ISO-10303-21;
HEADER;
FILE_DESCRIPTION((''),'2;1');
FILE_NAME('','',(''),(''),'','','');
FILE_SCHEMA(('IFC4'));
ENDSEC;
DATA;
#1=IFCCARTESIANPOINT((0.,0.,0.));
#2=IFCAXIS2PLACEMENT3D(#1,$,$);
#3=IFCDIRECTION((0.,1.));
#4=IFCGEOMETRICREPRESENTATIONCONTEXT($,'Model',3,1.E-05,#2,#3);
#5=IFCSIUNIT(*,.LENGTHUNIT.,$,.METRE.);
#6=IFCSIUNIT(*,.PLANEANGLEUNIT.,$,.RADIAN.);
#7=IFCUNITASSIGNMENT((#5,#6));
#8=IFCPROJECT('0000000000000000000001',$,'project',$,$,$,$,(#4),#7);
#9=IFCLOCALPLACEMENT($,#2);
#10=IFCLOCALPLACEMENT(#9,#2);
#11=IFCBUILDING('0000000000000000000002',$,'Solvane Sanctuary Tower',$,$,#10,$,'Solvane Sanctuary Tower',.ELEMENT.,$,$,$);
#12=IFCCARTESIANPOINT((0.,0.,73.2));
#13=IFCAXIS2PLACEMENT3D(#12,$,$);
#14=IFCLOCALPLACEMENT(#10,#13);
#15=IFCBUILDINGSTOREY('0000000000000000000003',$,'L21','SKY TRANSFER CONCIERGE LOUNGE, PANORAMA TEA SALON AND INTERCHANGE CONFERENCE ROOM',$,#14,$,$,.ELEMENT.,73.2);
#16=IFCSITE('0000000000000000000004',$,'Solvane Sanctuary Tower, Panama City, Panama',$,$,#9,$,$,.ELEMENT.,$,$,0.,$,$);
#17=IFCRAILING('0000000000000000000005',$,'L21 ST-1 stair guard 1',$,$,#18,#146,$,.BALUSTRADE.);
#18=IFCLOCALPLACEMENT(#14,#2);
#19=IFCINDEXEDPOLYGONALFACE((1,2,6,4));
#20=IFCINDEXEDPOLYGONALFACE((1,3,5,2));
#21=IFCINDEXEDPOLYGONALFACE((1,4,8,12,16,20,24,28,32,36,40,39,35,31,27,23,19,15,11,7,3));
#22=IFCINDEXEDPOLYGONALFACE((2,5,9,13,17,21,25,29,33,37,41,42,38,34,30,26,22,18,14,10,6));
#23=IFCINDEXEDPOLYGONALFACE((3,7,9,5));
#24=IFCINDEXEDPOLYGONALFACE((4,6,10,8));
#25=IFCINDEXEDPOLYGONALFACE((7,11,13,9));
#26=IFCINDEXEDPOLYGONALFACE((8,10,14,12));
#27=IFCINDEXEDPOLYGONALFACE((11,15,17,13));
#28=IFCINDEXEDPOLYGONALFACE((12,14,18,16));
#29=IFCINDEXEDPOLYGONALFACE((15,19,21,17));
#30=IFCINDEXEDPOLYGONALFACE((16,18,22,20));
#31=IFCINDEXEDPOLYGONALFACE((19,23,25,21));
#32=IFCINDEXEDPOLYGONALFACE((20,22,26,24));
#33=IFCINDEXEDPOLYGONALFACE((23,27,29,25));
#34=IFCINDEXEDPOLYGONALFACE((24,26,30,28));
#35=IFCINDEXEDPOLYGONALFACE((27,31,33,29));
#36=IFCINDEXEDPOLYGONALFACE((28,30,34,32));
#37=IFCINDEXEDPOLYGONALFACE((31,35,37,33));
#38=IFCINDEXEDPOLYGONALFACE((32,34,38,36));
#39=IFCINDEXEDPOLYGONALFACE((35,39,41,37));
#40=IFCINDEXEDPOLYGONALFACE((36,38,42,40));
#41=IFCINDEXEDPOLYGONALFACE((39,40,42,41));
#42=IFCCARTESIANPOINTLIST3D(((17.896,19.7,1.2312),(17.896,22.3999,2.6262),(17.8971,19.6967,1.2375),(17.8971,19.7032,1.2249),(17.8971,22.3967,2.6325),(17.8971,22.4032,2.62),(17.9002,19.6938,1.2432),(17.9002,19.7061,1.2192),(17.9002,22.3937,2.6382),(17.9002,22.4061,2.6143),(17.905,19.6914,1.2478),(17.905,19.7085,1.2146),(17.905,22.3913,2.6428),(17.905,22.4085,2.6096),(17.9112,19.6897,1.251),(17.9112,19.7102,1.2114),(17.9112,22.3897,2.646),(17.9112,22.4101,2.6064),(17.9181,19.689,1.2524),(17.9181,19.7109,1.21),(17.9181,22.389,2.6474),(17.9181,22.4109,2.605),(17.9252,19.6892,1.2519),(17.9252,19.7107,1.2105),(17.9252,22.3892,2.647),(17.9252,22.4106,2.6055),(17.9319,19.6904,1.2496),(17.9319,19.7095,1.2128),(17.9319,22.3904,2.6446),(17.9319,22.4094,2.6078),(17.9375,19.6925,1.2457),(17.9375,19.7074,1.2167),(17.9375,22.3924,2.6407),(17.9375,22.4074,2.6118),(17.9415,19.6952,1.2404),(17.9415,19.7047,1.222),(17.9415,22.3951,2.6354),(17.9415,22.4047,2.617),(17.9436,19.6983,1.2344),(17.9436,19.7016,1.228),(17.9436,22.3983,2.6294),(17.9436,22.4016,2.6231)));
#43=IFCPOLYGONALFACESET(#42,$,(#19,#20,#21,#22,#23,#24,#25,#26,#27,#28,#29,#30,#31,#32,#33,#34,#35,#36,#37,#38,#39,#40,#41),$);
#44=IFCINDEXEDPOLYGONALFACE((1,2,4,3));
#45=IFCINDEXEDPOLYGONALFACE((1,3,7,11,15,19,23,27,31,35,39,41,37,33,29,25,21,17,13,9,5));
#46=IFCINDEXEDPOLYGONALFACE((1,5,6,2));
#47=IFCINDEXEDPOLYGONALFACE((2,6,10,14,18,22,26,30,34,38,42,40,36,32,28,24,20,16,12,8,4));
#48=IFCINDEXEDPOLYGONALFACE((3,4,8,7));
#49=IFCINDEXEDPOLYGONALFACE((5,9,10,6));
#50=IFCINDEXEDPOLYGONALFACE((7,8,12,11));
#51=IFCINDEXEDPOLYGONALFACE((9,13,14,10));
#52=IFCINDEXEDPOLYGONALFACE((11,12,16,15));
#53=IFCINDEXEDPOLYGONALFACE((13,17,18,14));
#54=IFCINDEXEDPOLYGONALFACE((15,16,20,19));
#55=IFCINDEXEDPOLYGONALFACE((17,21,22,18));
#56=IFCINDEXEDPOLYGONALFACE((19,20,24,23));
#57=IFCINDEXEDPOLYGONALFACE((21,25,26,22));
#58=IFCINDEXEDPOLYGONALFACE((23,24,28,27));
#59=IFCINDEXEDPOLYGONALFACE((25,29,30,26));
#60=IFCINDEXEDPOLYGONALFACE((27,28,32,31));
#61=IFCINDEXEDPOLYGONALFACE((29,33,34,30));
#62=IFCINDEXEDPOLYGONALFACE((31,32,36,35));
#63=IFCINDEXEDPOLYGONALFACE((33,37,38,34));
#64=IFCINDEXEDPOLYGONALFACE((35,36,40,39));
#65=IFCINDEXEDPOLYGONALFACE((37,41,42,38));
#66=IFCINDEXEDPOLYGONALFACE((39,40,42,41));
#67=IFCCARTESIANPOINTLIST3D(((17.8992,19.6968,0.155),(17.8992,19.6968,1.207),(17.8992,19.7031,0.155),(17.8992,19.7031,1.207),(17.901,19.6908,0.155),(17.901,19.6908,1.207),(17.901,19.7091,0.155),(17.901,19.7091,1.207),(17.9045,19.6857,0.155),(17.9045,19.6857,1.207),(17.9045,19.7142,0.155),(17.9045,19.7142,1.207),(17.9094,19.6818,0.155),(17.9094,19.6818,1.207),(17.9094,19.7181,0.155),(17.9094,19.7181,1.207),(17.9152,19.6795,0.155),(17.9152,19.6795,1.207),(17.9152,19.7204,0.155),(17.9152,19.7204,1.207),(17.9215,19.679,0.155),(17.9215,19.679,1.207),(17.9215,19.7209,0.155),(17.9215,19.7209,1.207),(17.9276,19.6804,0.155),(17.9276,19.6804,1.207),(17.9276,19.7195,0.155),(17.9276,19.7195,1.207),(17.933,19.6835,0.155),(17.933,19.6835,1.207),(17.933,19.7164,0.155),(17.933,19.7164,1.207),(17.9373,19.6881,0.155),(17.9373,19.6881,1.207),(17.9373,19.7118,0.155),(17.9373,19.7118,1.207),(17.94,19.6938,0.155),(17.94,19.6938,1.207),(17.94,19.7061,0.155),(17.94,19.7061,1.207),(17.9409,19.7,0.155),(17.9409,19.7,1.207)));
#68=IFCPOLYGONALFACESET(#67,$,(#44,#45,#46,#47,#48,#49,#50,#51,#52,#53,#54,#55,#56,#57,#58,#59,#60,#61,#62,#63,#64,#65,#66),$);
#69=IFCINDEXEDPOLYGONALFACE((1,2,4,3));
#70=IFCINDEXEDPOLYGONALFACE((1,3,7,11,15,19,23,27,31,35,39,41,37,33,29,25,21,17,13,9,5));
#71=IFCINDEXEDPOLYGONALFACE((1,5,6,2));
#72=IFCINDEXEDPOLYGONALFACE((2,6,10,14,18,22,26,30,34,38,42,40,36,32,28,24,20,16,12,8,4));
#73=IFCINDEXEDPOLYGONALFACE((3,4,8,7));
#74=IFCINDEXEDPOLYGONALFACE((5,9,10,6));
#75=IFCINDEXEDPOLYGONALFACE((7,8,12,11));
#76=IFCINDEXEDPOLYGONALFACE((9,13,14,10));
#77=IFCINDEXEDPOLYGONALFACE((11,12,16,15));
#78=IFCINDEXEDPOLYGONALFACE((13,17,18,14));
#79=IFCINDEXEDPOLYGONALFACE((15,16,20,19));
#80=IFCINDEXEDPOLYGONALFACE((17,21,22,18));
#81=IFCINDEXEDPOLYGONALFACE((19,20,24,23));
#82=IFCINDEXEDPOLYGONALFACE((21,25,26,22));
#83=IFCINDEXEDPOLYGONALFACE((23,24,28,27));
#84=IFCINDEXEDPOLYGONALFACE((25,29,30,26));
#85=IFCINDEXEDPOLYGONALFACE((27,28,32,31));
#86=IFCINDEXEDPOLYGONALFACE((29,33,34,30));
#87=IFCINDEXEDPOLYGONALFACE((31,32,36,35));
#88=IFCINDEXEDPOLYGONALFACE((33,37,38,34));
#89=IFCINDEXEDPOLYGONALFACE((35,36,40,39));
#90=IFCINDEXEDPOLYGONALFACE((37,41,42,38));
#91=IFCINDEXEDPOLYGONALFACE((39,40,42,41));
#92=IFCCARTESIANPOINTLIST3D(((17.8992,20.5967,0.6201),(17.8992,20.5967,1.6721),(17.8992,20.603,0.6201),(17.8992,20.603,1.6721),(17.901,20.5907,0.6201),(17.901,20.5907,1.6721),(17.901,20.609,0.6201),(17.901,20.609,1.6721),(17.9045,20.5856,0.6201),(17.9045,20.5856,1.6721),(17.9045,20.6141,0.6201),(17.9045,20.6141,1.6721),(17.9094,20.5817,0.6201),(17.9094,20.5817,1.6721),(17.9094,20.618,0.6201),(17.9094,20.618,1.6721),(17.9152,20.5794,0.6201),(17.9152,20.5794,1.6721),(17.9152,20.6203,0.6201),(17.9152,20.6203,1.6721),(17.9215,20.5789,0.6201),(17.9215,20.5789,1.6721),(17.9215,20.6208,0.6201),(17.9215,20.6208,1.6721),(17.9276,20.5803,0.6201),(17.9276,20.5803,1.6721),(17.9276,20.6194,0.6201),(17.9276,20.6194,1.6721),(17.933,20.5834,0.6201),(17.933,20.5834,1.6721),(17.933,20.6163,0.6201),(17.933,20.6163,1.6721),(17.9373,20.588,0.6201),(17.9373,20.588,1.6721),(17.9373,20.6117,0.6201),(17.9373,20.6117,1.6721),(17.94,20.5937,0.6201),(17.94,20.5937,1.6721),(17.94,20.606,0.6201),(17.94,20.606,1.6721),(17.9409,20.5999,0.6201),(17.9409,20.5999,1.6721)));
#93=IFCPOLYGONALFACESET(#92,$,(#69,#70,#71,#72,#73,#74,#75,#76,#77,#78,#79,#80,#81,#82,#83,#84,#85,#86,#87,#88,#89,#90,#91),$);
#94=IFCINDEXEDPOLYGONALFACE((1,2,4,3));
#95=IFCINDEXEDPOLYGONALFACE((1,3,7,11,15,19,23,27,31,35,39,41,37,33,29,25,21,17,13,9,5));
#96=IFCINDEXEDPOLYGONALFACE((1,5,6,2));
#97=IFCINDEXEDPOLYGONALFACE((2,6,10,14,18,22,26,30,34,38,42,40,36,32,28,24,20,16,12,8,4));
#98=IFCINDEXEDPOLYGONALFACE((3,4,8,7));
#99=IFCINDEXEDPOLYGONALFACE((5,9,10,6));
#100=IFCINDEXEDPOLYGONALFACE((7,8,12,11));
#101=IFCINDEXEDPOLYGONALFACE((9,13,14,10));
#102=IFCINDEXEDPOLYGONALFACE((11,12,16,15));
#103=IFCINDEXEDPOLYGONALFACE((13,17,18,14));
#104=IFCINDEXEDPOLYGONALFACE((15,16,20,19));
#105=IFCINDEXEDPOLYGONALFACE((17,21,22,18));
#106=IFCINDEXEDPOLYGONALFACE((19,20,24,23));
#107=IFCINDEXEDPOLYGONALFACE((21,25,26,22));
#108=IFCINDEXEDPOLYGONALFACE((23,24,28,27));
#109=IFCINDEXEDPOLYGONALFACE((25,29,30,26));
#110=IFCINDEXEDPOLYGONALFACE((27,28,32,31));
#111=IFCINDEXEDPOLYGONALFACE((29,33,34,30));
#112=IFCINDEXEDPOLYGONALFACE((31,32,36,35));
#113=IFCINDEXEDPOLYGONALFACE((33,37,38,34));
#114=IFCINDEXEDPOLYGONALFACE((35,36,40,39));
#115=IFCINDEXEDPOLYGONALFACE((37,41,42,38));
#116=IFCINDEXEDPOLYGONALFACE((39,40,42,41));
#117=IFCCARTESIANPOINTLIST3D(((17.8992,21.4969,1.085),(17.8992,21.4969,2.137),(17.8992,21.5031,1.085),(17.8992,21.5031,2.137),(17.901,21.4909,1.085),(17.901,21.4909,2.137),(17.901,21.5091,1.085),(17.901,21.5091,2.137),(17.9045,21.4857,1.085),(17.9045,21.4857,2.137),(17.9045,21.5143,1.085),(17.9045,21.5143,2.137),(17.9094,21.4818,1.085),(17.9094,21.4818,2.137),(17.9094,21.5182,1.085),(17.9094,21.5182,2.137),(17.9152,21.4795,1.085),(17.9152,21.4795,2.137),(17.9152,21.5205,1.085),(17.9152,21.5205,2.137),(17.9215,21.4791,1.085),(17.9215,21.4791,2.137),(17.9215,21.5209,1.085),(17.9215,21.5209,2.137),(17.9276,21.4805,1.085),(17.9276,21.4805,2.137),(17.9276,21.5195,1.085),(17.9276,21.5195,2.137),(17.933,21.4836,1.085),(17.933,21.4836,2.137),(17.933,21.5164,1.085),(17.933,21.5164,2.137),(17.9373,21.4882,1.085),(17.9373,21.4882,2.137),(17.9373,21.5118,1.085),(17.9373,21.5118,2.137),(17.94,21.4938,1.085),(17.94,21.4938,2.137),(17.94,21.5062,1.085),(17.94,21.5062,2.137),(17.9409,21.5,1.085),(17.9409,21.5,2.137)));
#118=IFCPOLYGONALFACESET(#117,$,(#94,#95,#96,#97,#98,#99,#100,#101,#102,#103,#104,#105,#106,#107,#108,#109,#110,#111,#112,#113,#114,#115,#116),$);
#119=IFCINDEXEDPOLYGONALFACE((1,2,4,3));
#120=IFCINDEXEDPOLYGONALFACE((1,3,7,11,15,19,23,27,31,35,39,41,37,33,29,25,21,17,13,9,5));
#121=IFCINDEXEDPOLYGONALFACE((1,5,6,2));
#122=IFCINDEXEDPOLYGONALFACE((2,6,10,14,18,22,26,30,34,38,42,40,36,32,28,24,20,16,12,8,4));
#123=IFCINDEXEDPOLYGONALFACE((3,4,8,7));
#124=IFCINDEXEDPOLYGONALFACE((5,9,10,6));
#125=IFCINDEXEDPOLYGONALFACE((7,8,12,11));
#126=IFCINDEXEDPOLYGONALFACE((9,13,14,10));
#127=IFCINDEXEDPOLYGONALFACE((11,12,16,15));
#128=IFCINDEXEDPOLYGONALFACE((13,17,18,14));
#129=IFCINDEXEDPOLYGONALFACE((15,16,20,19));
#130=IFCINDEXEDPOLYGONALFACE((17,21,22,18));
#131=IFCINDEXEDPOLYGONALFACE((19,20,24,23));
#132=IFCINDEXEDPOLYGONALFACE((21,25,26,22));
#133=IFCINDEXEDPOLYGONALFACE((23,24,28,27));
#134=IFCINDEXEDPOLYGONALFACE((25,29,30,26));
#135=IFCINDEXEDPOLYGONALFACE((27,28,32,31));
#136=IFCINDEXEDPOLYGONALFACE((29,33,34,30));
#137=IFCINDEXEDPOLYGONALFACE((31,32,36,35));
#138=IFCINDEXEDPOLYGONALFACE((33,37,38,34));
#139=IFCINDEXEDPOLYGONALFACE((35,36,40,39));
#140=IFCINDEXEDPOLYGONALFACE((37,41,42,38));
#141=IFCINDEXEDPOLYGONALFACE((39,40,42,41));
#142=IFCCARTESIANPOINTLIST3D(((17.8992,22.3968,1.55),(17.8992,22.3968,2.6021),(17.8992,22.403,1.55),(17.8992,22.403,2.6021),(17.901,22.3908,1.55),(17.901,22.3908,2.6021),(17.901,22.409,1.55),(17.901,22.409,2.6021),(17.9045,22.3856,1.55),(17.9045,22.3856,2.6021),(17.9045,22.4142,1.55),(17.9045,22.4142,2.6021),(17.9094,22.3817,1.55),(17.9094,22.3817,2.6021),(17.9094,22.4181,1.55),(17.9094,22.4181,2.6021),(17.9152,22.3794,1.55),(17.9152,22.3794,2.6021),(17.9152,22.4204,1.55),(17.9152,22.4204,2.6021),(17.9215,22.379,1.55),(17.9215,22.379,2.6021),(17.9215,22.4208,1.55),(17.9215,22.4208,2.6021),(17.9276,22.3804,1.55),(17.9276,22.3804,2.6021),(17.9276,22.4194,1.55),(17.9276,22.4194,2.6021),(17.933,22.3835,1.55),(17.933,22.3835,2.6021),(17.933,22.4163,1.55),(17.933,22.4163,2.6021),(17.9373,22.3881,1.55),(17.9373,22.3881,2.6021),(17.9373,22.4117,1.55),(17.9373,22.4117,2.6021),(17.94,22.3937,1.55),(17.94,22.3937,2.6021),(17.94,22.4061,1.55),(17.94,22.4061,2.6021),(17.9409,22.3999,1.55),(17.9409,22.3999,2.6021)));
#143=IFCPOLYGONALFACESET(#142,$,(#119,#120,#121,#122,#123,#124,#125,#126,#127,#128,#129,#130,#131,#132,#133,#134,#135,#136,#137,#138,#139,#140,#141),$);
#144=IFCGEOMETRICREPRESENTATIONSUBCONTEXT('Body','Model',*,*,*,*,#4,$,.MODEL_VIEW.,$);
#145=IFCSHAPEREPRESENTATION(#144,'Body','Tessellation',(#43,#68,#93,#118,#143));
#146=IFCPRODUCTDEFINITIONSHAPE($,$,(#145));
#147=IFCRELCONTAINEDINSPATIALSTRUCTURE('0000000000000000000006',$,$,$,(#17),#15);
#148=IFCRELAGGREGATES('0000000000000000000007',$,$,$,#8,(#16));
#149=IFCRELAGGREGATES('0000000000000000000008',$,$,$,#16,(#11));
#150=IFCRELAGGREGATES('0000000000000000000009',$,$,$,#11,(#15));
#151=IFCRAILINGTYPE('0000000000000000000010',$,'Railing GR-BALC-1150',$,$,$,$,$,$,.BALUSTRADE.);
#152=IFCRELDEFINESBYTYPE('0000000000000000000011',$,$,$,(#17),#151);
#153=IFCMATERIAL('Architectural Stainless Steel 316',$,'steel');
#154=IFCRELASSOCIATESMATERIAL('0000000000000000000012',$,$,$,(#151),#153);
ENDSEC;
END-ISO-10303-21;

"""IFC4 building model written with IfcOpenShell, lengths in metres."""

from ifc_helpers import new_model, si_unit, direction, frame, origin, origin_2d, place, context, subcontext, project, spatial, circle, extrude, material, type_object, element, save


model = new_model("IFC4")

# Units and contexts
model_context = context("Model", 3, precision=1e-05, world=origin(), true_north=direction((0.0, 1.0)))
body_context = subcontext(model_context, "Body", "Model", "MODEL_VIEW")
ifc_project = project(units=[si_unit("LENGTHUNIT", "METRE"), si_unit("PLANEANGLEUNIT", "RADIAN")], contexts=[model_context])

# Site, building, storey
site_placement = place(None, origin())
site = spatial("IfcSite", under=ifc_project, at=site_placement, Name="Solvane Sanctuary Tower, Panama City, Panama", CompositionType="ELEMENT", RefElevation=0.0)
building_placement = place(site_placement, origin())
building = spatial("IfcBuilding", under=site, at=building_placement, Name="Solvane Sanctuary Tower", LongName="Solvane Sanctuary Tower", CompositionType="ELEMENT")
storey_placement = place(building_placement, frame((0.0, 0.0, 73.2)))
storey = spatial("IfcBuildingStorey", under=building, at=storey_placement, Name="L21", Description="SKY TRANSFER CONCIERGE LOUNGE, PANORAMA TEA SALON AND INTERCHANGE CONFERENCE ROOM", CompositionType="ELEMENT", Elevation=73.2)

# Shared definitions
ifc_material_1 = material(Name="Architectural Stainless Steel 316", Category="steel")

# Railing
railing_type_1 = type_object("IfcRailingType", Name="Railing GR-BALC-1150", PredefinedType="BALUSTRADE", material=ifc_material_1)
railing_1_placement = place(storey_placement, frame((17.9199, 19.7, 0.155)))
element("IfcRailing", 1, at=railing_1_placement, inside=storey, type_object=railing_type_1, Name="L21 ST-1 stair guard 1", PredefinedType="BALUSTRADE", context=body_context, shape_type="SweptSolid", body=[
    extrude(circle(Radius=0.0239, at=origin_2d()), frame((0.0, 0.0, 1.0762), z_axis=(0.0, 0.88842, 0.459032), x_axis=(-1.0, 0.0, 0.0)), (0.0, 0.0, 1.0), 3.0391),
    extrude(circle(Radius=0.021, at=origin_2d()), origin(), (0.0, 0.0, 1.0), 1.052),
    extrude(circle(Radius=0.021, at=origin_2d()), frame((0.0, 0.8999, 0.4651)), (0.0, 0.0, 1.0), 1.052),
    extrude(circle(Radius=0.021, at=origin_2d()), frame((0.0, 1.8, 0.9299)), (0.0, 0.0, 1.0), 1.052),
    extrude(circle(Radius=0.021, at=origin_2d()), frame((0.0, 2.7, 1.395)), (0.0, 0.0, 1.0), 1.052),
])

save(model, "model.ifc")
